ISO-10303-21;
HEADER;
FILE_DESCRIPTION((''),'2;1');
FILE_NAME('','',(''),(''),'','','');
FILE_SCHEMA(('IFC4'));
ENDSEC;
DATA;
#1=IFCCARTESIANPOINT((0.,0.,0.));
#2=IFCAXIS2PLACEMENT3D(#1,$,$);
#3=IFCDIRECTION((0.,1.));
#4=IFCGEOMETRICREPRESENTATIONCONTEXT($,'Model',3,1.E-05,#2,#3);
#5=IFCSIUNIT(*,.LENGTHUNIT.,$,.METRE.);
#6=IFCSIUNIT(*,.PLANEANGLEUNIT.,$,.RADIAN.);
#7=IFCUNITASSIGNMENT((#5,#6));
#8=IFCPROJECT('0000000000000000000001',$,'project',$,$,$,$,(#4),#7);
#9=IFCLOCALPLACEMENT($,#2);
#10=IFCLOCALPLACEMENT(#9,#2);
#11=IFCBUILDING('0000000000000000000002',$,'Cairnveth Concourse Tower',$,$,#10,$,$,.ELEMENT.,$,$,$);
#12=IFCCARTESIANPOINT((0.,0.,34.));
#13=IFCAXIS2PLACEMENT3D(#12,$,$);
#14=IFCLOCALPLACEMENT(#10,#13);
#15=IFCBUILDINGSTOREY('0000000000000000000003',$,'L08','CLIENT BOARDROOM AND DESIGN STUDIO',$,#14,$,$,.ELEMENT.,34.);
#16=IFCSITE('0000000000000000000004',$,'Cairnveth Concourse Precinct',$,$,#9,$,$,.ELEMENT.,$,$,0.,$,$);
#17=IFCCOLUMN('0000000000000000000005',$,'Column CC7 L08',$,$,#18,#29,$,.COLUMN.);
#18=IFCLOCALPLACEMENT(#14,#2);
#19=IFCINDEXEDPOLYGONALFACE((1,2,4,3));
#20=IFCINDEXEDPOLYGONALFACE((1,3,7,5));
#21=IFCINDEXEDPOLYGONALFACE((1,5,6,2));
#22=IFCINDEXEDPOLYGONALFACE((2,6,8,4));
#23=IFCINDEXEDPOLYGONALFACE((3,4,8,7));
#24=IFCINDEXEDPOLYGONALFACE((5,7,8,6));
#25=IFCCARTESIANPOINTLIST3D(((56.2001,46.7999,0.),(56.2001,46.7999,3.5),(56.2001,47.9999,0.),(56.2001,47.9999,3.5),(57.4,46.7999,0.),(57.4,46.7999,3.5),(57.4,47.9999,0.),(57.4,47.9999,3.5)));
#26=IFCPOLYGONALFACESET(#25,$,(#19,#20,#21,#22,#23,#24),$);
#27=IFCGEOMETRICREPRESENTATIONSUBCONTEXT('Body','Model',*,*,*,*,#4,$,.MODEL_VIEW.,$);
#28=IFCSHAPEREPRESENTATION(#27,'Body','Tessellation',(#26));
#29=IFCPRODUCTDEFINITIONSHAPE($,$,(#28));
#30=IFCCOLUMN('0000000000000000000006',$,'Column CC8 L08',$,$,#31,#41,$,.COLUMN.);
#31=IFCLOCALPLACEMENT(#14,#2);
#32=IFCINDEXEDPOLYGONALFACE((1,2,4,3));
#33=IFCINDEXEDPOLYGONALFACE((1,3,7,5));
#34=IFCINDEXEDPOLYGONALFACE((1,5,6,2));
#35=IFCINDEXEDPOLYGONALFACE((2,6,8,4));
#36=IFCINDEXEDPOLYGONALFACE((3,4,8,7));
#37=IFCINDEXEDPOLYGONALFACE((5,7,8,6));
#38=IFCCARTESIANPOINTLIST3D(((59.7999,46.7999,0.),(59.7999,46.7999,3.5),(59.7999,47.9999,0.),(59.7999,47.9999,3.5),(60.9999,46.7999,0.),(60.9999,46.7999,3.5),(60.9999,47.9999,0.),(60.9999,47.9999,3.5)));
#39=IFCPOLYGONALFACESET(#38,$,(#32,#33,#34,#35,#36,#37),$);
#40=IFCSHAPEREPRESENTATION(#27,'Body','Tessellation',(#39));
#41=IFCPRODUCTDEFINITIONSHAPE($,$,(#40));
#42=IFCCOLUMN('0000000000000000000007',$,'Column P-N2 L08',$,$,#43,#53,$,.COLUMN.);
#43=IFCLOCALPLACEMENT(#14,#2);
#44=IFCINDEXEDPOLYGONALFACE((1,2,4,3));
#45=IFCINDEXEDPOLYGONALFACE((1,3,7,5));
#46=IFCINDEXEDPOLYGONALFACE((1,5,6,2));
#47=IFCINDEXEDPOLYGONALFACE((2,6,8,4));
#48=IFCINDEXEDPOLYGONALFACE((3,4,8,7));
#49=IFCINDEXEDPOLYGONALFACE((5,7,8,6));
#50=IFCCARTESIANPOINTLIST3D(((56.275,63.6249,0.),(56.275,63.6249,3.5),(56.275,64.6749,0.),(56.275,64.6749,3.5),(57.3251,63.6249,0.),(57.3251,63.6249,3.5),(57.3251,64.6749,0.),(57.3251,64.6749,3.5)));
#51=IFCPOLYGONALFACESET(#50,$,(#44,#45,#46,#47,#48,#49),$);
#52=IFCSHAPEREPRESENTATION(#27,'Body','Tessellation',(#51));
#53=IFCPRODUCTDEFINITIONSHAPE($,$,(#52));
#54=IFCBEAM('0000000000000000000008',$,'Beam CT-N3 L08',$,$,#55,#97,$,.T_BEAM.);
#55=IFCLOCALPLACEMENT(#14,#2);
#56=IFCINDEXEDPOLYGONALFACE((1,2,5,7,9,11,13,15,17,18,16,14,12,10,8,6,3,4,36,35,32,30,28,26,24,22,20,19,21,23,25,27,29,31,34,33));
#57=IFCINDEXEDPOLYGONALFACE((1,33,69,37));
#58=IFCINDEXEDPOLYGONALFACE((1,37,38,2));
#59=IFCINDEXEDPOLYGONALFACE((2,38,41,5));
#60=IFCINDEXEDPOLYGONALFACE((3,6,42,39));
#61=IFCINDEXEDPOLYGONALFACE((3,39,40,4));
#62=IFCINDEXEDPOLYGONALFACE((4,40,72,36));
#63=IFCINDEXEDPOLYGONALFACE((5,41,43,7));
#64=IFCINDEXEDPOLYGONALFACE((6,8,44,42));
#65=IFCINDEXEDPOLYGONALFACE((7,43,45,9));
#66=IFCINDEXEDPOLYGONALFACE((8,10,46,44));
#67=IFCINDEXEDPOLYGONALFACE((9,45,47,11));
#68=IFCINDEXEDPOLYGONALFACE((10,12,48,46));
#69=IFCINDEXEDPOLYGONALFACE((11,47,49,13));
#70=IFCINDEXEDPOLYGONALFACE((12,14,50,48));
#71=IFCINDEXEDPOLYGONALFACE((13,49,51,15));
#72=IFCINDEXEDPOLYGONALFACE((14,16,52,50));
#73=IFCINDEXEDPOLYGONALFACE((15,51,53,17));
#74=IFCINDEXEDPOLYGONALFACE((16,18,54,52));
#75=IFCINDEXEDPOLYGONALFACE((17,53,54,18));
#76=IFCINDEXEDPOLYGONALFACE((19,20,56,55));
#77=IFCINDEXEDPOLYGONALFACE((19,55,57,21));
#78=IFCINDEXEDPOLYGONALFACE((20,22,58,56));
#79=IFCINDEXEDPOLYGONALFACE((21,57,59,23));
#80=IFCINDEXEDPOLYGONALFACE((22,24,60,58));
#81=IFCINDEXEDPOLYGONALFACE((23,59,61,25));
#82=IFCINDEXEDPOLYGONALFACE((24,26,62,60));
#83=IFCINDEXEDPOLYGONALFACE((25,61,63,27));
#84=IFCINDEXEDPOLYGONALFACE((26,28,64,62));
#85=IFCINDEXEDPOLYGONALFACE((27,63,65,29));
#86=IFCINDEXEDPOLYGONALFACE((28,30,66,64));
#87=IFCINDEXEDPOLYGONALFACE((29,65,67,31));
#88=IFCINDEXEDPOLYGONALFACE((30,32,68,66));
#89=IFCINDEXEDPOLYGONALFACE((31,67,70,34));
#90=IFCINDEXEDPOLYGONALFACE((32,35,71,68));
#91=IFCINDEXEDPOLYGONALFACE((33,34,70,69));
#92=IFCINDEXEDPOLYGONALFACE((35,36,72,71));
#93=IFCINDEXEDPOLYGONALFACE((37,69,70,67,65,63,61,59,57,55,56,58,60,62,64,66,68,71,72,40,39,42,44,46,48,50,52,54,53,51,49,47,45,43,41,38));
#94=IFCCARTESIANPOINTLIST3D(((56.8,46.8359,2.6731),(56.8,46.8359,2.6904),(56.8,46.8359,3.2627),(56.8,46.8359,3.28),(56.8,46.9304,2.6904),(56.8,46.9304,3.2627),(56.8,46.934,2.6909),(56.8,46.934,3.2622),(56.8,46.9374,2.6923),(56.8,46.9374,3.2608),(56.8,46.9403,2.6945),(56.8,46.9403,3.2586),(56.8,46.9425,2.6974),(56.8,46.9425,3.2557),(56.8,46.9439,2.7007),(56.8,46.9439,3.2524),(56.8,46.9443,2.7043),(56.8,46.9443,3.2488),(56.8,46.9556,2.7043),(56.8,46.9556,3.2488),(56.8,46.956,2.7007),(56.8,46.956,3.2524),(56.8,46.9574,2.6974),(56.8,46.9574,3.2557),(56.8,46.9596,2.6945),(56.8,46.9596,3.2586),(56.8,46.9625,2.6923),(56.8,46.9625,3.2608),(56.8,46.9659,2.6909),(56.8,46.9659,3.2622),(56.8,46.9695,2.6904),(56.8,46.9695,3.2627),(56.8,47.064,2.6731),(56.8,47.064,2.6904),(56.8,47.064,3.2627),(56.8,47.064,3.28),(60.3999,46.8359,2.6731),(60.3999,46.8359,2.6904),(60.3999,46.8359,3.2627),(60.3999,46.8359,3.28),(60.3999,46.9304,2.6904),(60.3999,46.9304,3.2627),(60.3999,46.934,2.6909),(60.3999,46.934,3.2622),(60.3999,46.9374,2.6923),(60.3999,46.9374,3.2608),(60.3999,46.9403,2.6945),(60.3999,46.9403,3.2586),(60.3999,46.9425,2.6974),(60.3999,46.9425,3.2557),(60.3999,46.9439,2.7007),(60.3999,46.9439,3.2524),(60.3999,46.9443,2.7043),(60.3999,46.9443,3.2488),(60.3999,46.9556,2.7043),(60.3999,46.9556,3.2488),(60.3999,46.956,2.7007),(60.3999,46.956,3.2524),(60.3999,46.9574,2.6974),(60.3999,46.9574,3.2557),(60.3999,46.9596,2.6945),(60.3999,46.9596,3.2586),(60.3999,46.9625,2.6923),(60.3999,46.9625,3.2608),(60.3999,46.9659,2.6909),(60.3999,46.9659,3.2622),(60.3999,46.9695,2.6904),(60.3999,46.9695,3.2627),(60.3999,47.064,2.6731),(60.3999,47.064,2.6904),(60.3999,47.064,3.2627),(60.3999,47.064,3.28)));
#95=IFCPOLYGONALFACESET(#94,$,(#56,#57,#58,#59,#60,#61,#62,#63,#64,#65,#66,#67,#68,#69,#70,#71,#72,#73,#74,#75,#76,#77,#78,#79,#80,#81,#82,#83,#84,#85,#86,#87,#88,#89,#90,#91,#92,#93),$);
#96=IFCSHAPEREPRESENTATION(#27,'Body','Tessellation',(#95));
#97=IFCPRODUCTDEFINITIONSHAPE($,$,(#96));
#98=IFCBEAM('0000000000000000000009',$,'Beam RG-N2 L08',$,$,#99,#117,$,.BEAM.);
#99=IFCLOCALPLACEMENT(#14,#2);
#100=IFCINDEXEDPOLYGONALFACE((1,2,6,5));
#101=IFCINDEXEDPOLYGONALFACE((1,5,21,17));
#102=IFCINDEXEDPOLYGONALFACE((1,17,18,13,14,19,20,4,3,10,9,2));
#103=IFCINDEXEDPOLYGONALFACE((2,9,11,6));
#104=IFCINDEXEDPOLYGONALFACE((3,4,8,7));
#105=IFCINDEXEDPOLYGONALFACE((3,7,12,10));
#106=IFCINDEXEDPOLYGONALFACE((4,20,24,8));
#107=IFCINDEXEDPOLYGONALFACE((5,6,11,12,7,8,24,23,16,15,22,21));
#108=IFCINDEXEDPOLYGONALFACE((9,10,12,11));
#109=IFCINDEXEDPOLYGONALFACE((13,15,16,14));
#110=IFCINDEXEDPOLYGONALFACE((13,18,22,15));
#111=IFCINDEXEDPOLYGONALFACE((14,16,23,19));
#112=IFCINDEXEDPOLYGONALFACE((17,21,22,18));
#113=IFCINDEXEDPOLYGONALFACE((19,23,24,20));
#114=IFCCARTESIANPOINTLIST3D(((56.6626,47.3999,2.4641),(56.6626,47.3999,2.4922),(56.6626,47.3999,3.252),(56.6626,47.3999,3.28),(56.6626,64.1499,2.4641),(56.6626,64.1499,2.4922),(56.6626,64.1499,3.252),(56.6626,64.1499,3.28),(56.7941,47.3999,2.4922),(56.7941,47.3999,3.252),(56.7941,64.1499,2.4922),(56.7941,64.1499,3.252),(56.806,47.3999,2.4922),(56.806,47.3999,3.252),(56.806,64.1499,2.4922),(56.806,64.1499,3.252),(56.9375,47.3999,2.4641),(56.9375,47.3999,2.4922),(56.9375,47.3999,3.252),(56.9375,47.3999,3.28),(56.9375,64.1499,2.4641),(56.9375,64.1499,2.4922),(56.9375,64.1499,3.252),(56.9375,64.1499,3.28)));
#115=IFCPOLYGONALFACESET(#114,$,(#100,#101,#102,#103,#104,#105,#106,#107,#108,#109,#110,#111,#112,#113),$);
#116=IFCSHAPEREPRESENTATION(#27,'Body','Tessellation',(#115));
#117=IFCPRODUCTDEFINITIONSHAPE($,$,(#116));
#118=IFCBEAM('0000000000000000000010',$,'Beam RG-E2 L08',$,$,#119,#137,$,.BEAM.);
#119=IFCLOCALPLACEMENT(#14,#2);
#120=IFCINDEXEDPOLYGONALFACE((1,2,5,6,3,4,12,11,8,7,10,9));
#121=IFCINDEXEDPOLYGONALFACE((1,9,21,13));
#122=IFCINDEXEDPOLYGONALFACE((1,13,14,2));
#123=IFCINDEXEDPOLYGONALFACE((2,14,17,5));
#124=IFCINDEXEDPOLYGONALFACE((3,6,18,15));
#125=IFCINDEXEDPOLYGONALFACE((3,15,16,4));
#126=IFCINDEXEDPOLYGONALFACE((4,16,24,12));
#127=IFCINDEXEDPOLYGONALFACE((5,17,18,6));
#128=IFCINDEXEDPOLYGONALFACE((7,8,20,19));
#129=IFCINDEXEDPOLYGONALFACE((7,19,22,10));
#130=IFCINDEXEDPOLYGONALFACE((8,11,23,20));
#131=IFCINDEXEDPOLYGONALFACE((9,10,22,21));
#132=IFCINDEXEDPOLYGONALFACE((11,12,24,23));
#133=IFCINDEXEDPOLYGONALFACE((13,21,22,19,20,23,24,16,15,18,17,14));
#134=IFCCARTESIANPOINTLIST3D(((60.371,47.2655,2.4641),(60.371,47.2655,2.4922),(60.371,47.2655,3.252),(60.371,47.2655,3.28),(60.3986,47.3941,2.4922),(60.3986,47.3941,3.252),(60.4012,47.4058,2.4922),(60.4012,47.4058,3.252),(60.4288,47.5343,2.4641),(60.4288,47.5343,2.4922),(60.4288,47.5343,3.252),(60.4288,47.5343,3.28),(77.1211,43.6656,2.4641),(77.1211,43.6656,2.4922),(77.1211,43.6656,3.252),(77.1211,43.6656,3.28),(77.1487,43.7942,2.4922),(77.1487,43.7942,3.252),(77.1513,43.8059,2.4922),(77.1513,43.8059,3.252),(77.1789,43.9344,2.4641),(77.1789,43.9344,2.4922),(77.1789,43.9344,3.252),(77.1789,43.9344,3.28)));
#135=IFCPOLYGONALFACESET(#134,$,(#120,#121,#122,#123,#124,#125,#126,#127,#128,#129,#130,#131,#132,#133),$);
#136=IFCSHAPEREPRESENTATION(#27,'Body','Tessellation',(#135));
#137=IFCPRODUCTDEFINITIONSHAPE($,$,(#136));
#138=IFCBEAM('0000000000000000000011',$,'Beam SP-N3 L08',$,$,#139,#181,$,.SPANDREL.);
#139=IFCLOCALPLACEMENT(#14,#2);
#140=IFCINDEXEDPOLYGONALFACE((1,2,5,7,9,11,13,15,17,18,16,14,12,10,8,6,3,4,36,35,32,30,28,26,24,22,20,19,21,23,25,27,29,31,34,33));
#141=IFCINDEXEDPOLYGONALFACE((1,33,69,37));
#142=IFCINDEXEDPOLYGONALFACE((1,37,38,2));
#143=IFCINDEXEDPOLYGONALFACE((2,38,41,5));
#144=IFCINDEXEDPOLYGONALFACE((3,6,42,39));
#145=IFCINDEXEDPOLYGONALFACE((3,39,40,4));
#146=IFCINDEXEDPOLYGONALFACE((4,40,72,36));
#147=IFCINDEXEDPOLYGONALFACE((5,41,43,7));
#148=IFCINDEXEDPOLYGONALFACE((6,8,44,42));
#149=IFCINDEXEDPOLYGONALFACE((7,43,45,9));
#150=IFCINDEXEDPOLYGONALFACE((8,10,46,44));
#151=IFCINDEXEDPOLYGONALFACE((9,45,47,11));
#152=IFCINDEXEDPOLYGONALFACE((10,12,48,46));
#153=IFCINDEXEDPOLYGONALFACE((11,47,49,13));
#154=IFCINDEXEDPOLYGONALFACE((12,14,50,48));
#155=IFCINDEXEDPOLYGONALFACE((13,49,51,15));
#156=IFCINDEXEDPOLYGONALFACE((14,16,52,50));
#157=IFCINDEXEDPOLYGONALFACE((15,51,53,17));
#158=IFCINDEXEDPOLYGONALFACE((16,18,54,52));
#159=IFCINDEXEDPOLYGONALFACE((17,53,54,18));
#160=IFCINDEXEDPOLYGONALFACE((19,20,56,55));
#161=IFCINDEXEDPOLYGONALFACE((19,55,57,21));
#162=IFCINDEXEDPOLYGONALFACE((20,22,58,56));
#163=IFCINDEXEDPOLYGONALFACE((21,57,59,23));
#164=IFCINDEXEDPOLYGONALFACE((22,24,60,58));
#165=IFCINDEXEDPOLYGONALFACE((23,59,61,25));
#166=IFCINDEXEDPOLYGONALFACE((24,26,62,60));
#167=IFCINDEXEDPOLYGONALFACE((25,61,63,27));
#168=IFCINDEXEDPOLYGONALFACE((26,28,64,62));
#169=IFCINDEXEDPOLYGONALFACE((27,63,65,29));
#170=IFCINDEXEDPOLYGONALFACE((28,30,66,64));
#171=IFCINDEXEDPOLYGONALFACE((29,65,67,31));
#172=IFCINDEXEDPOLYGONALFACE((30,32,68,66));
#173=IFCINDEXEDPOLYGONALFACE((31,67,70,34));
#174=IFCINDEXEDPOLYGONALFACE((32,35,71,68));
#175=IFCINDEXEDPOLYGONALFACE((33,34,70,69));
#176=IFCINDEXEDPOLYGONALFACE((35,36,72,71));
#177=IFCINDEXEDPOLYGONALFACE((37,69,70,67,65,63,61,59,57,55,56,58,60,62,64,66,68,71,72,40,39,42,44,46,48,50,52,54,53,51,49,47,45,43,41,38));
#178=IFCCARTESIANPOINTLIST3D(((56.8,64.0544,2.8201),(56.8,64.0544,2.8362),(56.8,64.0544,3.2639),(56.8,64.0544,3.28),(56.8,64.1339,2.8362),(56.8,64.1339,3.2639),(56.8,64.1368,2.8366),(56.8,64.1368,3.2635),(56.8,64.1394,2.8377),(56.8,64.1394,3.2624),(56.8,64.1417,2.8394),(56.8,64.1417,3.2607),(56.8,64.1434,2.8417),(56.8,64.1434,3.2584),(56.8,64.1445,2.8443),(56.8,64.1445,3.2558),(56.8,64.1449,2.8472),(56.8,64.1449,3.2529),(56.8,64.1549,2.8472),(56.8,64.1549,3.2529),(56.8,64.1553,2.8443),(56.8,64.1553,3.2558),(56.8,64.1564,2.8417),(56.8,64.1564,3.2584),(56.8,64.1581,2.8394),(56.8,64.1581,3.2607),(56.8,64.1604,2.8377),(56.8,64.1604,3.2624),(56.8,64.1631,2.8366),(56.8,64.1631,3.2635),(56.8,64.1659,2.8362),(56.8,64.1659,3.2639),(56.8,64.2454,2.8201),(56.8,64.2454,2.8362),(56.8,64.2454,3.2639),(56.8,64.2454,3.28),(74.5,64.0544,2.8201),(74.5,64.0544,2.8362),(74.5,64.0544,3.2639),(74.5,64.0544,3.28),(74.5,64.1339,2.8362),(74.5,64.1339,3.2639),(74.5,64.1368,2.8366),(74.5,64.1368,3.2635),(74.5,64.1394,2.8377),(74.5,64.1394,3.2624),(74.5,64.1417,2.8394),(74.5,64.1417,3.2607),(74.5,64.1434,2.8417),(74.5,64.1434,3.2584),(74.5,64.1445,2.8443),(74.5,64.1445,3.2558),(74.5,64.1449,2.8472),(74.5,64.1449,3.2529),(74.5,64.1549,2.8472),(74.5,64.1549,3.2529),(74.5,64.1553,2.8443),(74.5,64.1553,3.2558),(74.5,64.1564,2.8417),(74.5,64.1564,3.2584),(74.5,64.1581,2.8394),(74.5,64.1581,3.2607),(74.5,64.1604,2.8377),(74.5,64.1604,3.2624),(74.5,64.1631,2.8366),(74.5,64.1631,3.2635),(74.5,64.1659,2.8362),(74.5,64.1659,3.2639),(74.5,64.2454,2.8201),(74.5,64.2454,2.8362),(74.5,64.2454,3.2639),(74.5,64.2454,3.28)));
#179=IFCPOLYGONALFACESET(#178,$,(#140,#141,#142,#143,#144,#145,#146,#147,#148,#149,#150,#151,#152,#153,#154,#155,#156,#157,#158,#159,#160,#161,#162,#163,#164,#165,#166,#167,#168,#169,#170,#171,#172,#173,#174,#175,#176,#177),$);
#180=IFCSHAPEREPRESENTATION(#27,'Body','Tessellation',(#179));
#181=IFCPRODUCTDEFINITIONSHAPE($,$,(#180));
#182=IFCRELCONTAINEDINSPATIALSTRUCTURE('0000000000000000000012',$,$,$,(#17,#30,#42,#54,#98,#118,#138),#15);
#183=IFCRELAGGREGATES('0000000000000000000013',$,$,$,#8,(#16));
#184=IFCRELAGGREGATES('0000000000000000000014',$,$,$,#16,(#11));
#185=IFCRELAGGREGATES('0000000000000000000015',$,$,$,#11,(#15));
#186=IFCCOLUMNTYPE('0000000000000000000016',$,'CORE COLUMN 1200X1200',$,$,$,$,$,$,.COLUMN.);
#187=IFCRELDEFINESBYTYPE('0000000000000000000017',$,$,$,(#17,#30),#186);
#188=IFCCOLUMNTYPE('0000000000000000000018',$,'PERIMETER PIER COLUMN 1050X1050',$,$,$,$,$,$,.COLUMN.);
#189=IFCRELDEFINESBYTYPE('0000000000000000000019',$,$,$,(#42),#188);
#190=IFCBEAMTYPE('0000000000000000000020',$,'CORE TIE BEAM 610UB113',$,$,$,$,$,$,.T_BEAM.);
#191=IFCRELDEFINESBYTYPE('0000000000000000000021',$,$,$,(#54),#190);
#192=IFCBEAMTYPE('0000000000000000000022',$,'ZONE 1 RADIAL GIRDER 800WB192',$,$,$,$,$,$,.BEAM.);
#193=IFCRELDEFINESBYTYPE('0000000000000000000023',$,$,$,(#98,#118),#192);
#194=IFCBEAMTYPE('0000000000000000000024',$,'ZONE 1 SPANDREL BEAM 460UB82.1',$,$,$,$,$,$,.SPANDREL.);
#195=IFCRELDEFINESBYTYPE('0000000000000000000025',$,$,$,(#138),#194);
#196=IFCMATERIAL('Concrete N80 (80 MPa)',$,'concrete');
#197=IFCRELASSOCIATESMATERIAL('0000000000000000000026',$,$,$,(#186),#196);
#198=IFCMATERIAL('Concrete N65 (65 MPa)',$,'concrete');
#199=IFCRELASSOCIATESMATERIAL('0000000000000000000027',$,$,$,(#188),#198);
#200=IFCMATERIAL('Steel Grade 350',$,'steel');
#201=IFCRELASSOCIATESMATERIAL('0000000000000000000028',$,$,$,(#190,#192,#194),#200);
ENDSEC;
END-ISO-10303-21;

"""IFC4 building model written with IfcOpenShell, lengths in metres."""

from ifc_helpers import new_model, si_unit, direction, frame, origin, origin_2d, place, context, subcontext, project, spatial, rectangle, i_section, extrude, material, material_profile, profile_set, type_object, element, save


model = new_model("IFC4")

# Units and contexts
model_context = context("Model", 3, precision=1e-05, world=origin(), true_north=direction((0.0, 1.0)))
body_context = subcontext(model_context, "Body", "Model", "MODEL_VIEW")
ifc_project = project(units=[si_unit("LENGTHUNIT", "METRE"), si_unit("PLANEANGLEUNIT", "RADIAN")], contexts=[model_context])

# Site, building, storey
site_placement = place(None, origin())
site = spatial("IfcSite", under=ifc_project, at=site_placement, Name="Cairnveth Concourse Precinct", CompositionType="ELEMENT", RefElevation=0.0)
building_placement = place(site_placement, origin())
building = spatial("IfcBuilding", under=site, at=building_placement, Name="Cairnveth Concourse Tower", CompositionType="ELEMENT")
storey_placement = place(building_placement, frame((0.0, 0.0, 34.0)))
storey = spatial("IfcBuildingStorey", under=building, at=storey_placement, Name="L08", Description="CLIENT BOARDROOM AND DESIGN STUDIO", CompositionType="ELEMENT", Elevation=34.0)

# Columns
ifc_material_1 = material(Name="Concrete N80 (80 MPa)", Category="concrete")
ifc_material_profile_1 = material_profile(ifc_material_1, rectangle(XDim=1.2, YDim=1.2, at=origin_2d()), Name="RC-COL-1200x1200")
ifc_profile_set_1 = profile_set([ifc_material_profile_1], Name="Concrete N80 (80 MPa)")
column_type_1 = type_object("IfcColumnType", Name="CORE COLUMN 1200X1200", PredefinedType="COLUMN", material=ifc_profile_set_1)
for number, where, z_axis, x_axis, name in (
    (1, (56.8, 47.3999, 0.0), (0.0, 0.0, 1.0), (1.0, 0.0, 0.0), "Column CC7 L08"),
    (2, (60.3999, 47.3999, 0.0), (0.0, 0.0, 1.0), (1.0, 0.0, 0.0), "Column CC8 L08"),
):
    element("IfcColumn", number, at=place(storey_placement, frame(where, z_axis=z_axis, x_axis=x_axis)), inside=storey, type_object=column_type_1, Name=name, PredefinedType="COLUMN", context=body_context, shape_type="SweptSolid", body=[
        extrude(rectangle(XDim=1.2, YDim=1.2, at=origin_2d()), origin(), (0.0, 0.0, 1.0), 3.5),
    ])
ifc_material_2 = material(Name="Concrete N65 (65 MPa)", Category="concrete")
ifc_material_profile_2 = material_profile(ifc_material_2, rectangle(XDim=1.05, YDim=1.05, at=origin_2d()), Name="RC-COL-1050x1050")
ifc_profile_set_2 = profile_set([ifc_material_profile_2], Name="Concrete N65 (65 MPa)")
column_type_2 = type_object("IfcColumnType", Name="PERIMETER PIER COLUMN 1050X1050", PredefinedType="COLUMN", material=ifc_profile_set_2)
column_placement = place(storey_placement, frame((56.8, 64.1499, 0.0), z_axis=(0.0, 0.0, 1.0), x_axis=(1.0, 0.0, 0.0)))
element("IfcColumn", 3, at=column_placement, inside=storey, type_object=column_type_2, Name="Column P-N2 L08", PredefinedType="COLUMN", context=body_context, shape_type="SweptSolid", body=[
    extrude(rectangle(XDim=1.05, YDim=1.05, at=origin_2d()), origin(), (0.0, 0.0, 1.0), 3.5),
])

# Beams
ifc_material_3 = material(Name="Steel Grade 350", Category="steel")
ifc_material_profile_3 = material_profile(ifc_material_3, i_section(OverallWidth=0.228, OverallDepth=0.6069, WebThickness=0.0112, FlangeThickness=0.0173, FilletRadius=0.0139, at=origin_2d()), Name="610UB113")
ifc_profile_set_3 = profile_set([ifc_material_profile_3], Name="Steel Grade 350")
beam_type_1 = type_object("IfcBeamType", Name="CORE TIE BEAM 610UB113", PredefinedType="T_BEAM", material=ifc_profile_set_3)
beam_1_placement = place(storey_placement, frame((56.8, 46.95, 2.9766), z_axis=(1.0, 0.0, 0.0), x_axis=(0.0, 1.0, 0.0)))
element("IfcBeam", 4, at=beam_1_placement, inside=storey, type_object=beam_type_1, Name="Beam CT-N3 L08", PredefinedType="T_BEAM", context=body_context, shape_type="SweptSolid", body=[
    extrude(i_section(OverallWidth=0.228, OverallDepth=0.6069, WebThickness=0.0112, FlangeThickness=0.0173, FilletRadius=0.0139, at=origin_2d()), origin(), (0.0, 0.0, 1.0), 3.5999),
])
ifc_material_profile_4 = material_profile(ifc_material_3, i_section(OverallWidth=0.2749, OverallDepth=0.8159, WebThickness=0.012, FlangeThickness=0.0281, at=origin_2d()), Name="800WB192")
ifc_profile_set_4 = profile_set([ifc_material_profile_4], Name="Steel Grade 350")
beam_type_2 = type_object("IfcBeamType", Name="ZONE 1 RADIAL GIRDER 800WB192", PredefinedType="BEAM", material=ifc_profile_set_4)
beam_2_placement = place(storey_placement, frame((56.8, 47.3999, 2.8721), z_axis=(0.0, 1.0, 0.0), x_axis=(-1.0, 0.0, 0.0)))
element("IfcBeam", 5, at=beam_2_placement, inside=storey, type_object=beam_type_2, Name="Beam RG-N2 L08", PredefinedType="BEAM", context=body_context, shape_type="SweptSolid", body=[
    extrude(i_section(OverallWidth=0.2749, OverallDepth=0.8159, WebThickness=0.012, FlangeThickness=0.0281, at=origin_2d()), origin(), (0.0, 0.0, 1.0), 16.75),
])
beam_3_placement = place(storey_placement, frame((60.3999, 47.3999, 2.8721), z_axis=(0.977676, -0.210119, 0.0), x_axis=(0.210119, 0.977676, 0.0)))
element("IfcBeam", 6, at=beam_3_placement, inside=storey, type_object=beam_type_2, Name="Beam RG-E2 L08", PredefinedType="BEAM", context=body_context, shape_type="SweptSolid", body=[
    extrude(i_section(OverallWidth=0.2749, OverallDepth=0.8159, WebThickness=0.012, FlangeThickness=0.0281, at=origin_2d()), origin(), (0.0, 0.0, 1.0), 17.1326),
])
ifc_material_profile_5 = material_profile(ifc_material_3, i_section(OverallWidth=0.1909, OverallDepth=0.46, WebThickness=0.01, FlangeThickness=0.0161, FilletRadius=0.011, at=origin_2d()), Name="460UB82.1")
ifc_profile_set_5 = profile_set([ifc_material_profile_5], Name="Steel Grade 350")
beam_type_3 = type_object("IfcBeamType", Name="ZONE 1 SPANDREL BEAM 460UB82.1", PredefinedType="SPANDREL", material=ifc_profile_set_5)
beam_4_placement = place(storey_placement, frame((56.8, 64.1499, 3.05), z_axis=(1.0, 0.0, 0.0), x_axis=(0.0, 1.0, 0.0)))
element("IfcBeam", 7, at=beam_4_placement, inside=storey, type_object=beam_type_3, Name="Beam SP-N3 L08", PredefinedType="SPANDREL", context=body_context, shape_type="SweptSolid", body=[
    extrude(i_section(OverallWidth=0.1909, OverallDepth=0.46, WebThickness=0.01, FlangeThickness=0.0161, FilletRadius=0.011, at=origin_2d()), origin(), (0.0, 0.0, 1.0), 17.7),
])

save(model, "model.ifc")
